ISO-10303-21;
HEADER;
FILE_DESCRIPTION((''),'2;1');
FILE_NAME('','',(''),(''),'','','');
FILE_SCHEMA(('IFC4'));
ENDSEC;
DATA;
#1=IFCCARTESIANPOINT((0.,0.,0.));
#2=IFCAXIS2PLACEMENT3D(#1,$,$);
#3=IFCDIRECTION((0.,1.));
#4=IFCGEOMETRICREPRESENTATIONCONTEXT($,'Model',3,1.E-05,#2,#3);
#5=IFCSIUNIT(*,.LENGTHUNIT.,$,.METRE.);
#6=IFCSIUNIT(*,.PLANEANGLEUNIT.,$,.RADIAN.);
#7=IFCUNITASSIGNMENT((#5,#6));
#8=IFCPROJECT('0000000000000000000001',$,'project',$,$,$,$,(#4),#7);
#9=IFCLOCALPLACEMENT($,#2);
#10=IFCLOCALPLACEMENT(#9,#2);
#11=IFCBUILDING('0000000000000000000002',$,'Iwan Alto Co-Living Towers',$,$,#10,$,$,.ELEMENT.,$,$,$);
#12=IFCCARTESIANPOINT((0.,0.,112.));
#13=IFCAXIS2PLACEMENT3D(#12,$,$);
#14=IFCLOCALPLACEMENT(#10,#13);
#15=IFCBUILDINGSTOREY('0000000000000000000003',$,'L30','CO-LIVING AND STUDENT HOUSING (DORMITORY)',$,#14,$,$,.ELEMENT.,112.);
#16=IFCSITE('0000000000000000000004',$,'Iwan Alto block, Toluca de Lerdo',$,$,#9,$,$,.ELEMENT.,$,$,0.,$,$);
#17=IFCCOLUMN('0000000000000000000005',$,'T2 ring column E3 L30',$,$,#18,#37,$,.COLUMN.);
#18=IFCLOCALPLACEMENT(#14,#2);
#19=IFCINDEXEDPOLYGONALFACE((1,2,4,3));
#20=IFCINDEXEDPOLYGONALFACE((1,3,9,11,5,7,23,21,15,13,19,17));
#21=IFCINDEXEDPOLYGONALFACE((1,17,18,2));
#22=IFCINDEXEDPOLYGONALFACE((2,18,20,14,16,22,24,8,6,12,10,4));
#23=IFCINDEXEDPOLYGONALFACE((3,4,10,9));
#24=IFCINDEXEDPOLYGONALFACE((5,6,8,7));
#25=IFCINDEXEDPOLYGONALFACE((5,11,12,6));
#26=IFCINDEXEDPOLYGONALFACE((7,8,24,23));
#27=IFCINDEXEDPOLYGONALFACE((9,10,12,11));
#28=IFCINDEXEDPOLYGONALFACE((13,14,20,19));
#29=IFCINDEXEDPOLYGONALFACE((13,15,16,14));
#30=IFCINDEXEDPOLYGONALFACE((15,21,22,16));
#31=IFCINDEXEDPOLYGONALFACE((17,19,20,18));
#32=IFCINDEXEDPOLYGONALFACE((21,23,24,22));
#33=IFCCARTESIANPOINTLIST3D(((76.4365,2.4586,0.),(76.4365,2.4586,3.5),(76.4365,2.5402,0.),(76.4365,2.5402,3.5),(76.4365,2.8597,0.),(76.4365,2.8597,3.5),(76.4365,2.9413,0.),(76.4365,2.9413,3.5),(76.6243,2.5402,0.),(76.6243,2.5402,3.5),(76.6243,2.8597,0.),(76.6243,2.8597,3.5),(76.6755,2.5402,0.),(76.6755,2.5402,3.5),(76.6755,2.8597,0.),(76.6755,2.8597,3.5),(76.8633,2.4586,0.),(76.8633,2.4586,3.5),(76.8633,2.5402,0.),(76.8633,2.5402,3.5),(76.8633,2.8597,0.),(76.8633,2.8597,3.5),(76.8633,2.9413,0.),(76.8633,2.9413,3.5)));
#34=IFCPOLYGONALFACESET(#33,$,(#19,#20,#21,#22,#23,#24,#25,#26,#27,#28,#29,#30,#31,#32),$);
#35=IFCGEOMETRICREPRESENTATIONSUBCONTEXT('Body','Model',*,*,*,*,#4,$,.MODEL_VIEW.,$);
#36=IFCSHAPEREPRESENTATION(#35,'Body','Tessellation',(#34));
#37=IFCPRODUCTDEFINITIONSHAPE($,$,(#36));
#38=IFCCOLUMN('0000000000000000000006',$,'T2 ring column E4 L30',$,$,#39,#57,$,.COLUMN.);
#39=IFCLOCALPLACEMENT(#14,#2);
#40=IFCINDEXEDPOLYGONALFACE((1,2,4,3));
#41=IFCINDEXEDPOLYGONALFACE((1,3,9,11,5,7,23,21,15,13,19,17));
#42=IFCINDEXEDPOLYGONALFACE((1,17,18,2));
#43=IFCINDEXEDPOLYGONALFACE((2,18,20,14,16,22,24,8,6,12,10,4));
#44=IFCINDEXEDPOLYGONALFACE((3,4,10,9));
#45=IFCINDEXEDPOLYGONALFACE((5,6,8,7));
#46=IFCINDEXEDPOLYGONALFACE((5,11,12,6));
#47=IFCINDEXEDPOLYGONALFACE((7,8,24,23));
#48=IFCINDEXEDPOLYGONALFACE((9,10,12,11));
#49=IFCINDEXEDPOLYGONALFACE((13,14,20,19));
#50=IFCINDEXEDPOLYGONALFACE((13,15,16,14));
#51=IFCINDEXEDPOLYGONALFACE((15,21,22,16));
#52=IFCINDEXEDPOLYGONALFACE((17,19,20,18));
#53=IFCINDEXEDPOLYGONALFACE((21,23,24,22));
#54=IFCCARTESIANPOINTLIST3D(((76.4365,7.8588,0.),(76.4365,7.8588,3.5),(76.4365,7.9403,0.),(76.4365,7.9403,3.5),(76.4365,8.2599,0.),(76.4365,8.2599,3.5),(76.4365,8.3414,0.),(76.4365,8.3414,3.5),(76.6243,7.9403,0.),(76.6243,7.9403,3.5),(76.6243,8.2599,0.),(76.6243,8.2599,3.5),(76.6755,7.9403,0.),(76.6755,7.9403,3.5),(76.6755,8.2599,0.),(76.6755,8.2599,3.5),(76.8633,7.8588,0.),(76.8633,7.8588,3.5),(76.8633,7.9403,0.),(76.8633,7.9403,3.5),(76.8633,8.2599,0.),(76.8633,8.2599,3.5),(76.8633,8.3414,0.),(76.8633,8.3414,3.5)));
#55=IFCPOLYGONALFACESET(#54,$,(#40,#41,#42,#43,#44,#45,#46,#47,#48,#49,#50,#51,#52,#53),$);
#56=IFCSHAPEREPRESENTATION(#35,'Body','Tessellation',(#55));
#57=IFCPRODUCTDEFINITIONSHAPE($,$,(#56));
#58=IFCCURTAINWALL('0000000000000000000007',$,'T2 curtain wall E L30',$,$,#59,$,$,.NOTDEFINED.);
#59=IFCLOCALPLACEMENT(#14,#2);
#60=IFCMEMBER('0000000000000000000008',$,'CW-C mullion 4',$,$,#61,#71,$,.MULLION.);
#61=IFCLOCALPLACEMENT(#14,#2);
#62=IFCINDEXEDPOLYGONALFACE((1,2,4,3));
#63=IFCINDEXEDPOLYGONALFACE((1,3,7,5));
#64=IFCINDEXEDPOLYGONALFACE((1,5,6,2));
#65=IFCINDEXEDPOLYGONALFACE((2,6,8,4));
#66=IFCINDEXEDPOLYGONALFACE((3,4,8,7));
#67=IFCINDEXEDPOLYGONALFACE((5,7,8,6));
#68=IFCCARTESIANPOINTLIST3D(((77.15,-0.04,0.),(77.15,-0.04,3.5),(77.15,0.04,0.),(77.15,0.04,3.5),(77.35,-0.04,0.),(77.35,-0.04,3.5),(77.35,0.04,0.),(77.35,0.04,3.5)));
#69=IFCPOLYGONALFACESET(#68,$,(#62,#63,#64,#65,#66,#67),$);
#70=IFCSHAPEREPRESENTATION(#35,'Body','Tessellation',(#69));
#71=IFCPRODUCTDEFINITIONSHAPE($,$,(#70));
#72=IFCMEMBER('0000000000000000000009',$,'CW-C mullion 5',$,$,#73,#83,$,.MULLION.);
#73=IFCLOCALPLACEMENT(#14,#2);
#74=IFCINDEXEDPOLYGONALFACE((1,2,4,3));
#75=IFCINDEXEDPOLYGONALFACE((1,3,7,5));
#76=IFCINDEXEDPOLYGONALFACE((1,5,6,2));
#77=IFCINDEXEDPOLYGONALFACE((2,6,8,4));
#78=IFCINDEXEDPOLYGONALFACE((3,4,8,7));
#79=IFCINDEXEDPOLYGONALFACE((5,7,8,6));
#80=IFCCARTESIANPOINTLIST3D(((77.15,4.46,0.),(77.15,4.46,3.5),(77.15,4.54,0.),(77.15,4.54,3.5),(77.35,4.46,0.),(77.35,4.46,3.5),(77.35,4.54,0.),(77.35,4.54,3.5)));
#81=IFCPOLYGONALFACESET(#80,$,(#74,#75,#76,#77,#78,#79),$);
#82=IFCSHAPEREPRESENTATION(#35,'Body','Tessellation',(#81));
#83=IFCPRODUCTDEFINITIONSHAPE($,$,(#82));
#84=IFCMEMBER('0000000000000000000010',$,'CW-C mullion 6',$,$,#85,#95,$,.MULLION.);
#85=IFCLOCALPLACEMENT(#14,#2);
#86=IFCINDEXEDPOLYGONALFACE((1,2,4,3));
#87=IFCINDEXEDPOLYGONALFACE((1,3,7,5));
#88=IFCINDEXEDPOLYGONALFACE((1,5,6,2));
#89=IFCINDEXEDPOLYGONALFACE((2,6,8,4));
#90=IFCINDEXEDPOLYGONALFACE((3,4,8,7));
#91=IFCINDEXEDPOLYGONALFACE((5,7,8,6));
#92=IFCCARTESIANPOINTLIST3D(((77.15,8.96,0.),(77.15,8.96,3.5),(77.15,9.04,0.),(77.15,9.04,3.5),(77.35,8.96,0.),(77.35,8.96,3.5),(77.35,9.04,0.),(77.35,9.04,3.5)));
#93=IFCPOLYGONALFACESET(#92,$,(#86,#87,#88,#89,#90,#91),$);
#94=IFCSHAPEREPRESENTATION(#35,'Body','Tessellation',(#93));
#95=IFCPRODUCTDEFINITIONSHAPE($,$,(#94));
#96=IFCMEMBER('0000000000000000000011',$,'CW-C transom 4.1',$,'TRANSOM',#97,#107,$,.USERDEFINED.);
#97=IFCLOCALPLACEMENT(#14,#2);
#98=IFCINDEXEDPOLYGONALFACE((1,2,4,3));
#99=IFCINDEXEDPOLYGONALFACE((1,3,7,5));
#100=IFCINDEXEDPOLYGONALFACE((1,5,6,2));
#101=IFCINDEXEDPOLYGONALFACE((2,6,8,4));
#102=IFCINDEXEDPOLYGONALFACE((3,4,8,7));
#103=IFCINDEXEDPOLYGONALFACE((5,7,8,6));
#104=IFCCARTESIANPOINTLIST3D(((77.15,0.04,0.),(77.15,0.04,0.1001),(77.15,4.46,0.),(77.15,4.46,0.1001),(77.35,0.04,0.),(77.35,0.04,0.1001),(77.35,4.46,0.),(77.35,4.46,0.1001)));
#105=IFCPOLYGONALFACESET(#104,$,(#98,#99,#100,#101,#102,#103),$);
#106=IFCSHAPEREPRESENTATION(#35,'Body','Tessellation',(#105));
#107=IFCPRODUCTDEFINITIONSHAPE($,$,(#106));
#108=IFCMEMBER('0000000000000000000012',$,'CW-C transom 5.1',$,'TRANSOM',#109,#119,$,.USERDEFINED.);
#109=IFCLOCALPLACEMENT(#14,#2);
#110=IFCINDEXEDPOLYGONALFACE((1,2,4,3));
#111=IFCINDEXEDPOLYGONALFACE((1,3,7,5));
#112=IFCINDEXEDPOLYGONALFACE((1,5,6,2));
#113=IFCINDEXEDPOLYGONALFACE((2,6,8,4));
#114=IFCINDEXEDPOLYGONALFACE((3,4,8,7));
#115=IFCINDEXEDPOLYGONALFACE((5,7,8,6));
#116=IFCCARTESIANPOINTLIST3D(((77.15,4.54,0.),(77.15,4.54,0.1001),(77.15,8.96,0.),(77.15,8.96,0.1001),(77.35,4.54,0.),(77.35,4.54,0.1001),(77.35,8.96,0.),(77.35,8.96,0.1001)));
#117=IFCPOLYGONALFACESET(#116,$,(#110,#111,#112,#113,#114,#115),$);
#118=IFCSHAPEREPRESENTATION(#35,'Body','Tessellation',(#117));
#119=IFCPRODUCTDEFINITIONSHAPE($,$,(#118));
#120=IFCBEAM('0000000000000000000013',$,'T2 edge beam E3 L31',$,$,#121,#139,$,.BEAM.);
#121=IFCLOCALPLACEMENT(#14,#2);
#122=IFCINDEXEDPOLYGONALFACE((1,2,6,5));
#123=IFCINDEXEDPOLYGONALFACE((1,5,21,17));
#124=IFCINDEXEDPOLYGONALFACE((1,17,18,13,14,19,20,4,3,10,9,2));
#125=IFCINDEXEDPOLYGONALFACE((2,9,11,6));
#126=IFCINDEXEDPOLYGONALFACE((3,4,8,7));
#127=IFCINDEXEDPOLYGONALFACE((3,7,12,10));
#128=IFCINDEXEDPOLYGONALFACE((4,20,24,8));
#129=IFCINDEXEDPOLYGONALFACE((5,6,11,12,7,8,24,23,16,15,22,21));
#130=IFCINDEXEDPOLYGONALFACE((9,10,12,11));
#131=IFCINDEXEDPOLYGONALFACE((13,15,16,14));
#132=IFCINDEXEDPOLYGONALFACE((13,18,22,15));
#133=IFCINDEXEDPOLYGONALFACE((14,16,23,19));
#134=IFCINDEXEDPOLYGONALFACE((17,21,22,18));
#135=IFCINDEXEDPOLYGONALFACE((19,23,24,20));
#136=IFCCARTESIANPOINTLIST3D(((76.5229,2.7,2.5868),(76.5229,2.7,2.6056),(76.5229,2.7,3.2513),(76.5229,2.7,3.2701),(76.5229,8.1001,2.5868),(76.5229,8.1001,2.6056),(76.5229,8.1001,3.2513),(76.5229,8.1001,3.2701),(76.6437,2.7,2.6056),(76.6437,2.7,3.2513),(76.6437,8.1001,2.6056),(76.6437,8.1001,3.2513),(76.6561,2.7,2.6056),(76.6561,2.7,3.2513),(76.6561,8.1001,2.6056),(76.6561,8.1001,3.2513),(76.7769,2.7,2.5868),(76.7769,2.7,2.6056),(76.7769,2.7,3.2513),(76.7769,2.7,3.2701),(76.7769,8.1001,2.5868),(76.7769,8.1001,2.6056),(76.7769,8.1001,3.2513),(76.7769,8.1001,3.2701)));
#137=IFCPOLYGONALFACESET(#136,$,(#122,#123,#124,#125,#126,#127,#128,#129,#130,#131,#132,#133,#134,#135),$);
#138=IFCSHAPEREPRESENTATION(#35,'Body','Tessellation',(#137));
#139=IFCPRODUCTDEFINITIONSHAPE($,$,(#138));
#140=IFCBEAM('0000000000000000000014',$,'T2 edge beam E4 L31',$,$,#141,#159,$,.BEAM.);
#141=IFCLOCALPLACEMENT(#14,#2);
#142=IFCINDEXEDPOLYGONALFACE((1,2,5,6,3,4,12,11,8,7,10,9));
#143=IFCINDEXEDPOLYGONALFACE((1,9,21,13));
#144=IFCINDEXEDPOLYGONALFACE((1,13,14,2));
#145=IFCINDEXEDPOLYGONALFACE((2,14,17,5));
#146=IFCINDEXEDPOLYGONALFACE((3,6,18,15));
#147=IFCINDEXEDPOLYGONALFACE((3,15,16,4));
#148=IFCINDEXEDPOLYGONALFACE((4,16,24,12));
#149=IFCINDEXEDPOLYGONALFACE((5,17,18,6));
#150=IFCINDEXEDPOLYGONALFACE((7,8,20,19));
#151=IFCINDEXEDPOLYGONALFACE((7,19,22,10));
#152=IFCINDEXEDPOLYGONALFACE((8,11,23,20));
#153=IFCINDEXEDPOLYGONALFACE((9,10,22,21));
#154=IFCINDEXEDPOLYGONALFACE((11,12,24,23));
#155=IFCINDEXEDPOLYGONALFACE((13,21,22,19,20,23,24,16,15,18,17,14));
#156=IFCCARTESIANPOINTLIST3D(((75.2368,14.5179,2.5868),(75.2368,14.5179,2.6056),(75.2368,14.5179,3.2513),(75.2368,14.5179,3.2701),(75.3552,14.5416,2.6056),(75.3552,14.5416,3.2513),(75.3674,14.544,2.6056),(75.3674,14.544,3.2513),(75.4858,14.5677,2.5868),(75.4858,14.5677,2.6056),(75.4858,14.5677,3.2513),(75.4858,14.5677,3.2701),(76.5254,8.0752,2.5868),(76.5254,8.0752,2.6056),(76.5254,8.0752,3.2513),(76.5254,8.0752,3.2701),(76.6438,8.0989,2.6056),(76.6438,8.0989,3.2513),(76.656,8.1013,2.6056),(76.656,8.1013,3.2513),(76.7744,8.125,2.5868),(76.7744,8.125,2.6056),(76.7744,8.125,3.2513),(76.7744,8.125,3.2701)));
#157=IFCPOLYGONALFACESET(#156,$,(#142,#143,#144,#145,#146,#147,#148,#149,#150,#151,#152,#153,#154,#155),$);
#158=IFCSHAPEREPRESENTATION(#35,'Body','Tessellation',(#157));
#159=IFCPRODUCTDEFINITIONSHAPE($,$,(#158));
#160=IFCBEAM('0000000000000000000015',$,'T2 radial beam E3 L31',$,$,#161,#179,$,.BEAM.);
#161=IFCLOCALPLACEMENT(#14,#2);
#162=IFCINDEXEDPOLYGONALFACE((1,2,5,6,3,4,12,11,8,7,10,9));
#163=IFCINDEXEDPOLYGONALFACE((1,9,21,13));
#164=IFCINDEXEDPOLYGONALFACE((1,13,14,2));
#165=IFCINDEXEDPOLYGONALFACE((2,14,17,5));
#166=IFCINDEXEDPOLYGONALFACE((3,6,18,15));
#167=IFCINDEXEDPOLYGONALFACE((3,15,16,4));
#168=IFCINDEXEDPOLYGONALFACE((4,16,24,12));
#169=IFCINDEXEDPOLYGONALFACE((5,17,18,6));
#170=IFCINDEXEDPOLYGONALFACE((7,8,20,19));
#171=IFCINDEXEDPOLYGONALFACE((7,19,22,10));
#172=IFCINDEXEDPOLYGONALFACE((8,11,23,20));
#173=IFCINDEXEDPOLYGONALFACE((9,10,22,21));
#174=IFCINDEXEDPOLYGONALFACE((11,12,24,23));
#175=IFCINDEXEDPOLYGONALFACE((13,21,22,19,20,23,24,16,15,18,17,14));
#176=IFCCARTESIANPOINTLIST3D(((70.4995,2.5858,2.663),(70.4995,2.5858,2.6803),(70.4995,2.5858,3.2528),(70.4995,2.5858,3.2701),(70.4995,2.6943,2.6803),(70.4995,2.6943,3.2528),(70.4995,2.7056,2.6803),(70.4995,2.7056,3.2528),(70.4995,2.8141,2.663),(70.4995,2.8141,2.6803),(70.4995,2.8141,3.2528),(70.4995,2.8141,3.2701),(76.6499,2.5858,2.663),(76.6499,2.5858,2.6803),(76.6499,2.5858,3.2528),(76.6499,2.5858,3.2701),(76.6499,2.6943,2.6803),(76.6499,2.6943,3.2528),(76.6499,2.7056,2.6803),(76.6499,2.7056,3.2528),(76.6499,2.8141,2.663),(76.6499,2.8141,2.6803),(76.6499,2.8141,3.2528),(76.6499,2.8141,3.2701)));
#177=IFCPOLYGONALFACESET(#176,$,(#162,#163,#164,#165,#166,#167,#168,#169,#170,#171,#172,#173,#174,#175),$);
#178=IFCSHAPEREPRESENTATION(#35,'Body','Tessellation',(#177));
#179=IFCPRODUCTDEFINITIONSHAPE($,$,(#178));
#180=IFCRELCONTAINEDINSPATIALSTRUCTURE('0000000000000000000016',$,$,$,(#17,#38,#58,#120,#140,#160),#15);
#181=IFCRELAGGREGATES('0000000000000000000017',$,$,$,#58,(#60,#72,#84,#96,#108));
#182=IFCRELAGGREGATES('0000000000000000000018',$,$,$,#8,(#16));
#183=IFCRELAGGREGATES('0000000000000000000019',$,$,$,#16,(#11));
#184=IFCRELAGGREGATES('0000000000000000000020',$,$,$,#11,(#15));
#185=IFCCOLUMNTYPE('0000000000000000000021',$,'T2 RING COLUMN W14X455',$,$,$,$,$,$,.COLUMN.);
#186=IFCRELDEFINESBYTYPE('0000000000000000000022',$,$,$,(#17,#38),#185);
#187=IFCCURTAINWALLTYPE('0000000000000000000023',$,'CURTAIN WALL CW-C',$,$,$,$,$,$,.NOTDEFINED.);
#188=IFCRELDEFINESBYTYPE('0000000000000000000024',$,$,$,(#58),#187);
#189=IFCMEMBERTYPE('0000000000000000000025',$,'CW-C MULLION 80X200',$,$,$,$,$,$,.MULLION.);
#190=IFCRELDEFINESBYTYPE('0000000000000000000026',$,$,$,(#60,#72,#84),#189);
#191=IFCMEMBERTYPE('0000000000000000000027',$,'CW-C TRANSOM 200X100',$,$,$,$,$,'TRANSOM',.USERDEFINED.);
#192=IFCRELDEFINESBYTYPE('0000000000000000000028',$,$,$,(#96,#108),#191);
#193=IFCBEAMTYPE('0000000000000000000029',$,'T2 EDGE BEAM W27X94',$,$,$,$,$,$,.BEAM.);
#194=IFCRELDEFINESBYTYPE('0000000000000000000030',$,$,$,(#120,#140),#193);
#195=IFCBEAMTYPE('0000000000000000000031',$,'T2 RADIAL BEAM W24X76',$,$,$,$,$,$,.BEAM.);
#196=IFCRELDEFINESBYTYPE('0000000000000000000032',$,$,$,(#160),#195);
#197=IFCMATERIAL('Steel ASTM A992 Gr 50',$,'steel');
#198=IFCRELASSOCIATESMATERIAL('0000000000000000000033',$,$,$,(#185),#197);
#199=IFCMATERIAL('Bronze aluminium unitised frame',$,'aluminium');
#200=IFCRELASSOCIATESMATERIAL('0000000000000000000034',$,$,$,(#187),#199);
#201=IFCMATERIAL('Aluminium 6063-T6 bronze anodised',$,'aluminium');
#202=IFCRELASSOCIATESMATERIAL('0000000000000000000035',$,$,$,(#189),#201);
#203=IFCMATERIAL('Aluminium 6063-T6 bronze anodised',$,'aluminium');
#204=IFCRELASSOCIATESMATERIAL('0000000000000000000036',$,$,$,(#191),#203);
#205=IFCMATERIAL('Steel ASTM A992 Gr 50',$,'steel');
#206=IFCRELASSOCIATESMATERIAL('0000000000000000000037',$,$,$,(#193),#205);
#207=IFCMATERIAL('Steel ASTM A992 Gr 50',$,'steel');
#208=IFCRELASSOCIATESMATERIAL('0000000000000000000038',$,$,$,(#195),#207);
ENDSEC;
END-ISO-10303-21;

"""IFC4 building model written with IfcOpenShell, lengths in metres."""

from ifc_helpers import new_model, si_unit, direction, frame, origin, origin_2d, place, context, subcontext, project, spatial, rectangle, i_section, extrude, material, material_profile, profile_set, type_object, element, aggregate, save


model = new_model("IFC4")

# Units and contexts
model_context = context("Model", 3, precision=1e-05, world=origin(), true_north=direction((0.0, 1.0)))
body_context = subcontext(model_context, "Body", "Model", "MODEL_VIEW")
ifc_project = project(units=[si_unit("LENGTHUNIT", "METRE"), si_unit("PLANEANGLEUNIT", "RADIAN")], contexts=[model_context])

# Site, building, storey
site_placement = place(None, origin())
site = spatial("IfcSite", under=ifc_project, at=site_placement, Name="Iwan Alto block, Toluca de Lerdo", CompositionType="ELEMENT", RefElevation=0.0)
building_placement = place(site_placement, origin())
building = spatial("IfcBuilding", under=site, at=building_placement, Name="Iwan Alto Co-Living Towers", CompositionType="ELEMENT")
storey_placement = place(building_placement, frame((0.0, 0.0, 112.0)))
storey = spatial("IfcBuildingStorey", under=building, at=storey_placement, Name="L30", Description="CO-LIVING AND STUDENT HOUSING (DORMITORY)", CompositionType="ELEMENT", Elevation=112.0)

# Columns
ifc_material_1 = material(Name="Steel ASTM A992 Gr 50", Category="steel")
ifc_material_profile_1 = material_profile(ifc_material_1, i_section(OverallWidth=0.4268, OverallDepth=0.4827, WebThickness=0.0513, FlangeThickness=0.0815, at=origin_2d()), Name="W14X455")
ifc_profile_set_1 = profile_set([ifc_material_profile_1], Name="Steel ASTM A992 Gr 50")
column_type = type_object("IfcColumnType", Name="T2 RING COLUMN W14X455", PredefinedType="COLUMN", material=ifc_profile_set_1)
for number, where, z_axis, x_axis, name in (
    (1, (76.6499, 2.7, 0.0), (0.0, 0.0, 1.0), (1.0, 0.0, 0.0), "T2 ring column E3 L30"),
    (2, (76.6499, 8.1001, 0.0), (0.0, 0.0, 1.0), (1.0, 0.0, 0.0), "T2 ring column E4 L30"),
):
    element("IfcColumn", number, at=place(storey_placement, frame(where, z_axis=z_axis, x_axis=x_axis)), inside=storey, type_object=column_type, Name=name, PredefinedType="COLUMN", context=body_context, shape_type="SweptSolid", body=[
        extrude(i_section(OverallWidth=0.4268, OverallDepth=0.4827, WebThickness=0.0513, FlangeThickness=0.0815, at=origin_2d()), origin(), (0.0, 0.0, 1.0), 3.5),
    ])

# Curtain wall, members
ifc_material_2 = material(Name="Bronze aluminium unitised frame", Category="aluminium")
curtain_wall_type = type_object("IfcCurtainWallType", Name="CURTAIN WALL CW-C", PredefinedType="NOTDEFINED", material=ifc_material_2)
curtain_wall_placement = place(storey_placement, origin())
curtain_wall = element("IfcCurtainWall", 3, at=curtain_wall_placement, inside=storey, type_object=curtain_wall_type, Name="T2 curtain wall E L30", PredefinedType="NOTDEFINED")
ifc_material_3 = material(Name="Aluminium 6063-T6 bronze anodised", Category="aluminium")
ifc_material_profile_2 = material_profile(ifc_material_3, rectangle(XDim=0.2, YDim=0.0801, at=origin_2d()), Name="AL 80X200")
ifc_profile_set_2 = profile_set([ifc_material_profile_2], Name="Aluminium 6063-T6 bronze anodised")
member_type_1 = type_object("IfcMemberType", Name="CW-C MULLION 80X200", PredefinedType="MULLION", material=ifc_profile_set_2)
member_1_placement = place(storey_placement, frame((77.25, 0.0, 0.0), z_axis=(0.0, 0.0, 1.0), x_axis=(-1.0, 0.0, 0.0)))
member_1 = element("IfcMember", 4, at=member_1_placement, type_object=member_type_1, Name="CW-C mullion 4", PredefinedType="MULLION", context=body_context, shape_type="SweptSolid", body=[
    extrude(rectangle(XDim=0.2, YDim=0.0801, at=origin_2d()), origin(), (0.0, 0.0, 1.0), 3.5),
])
member_2_placement = place(storey_placement, frame((77.25, 4.5, 0.0), z_axis=(0.0, 0.0, 1.0), x_axis=(-1.0, 0.0, 0.0)))
member_2 = element("IfcMember", 5, at=member_2_placement, type_object=member_type_1, Name="CW-C mullion 5", PredefinedType="MULLION", context=body_context, shape_type="SweptSolid", body=[
    extrude(rectangle(XDim=0.2, YDim=0.0801, at=origin_2d()), origin(), (0.0, 0.0, 1.0), 3.5),
])
member_3_placement = place(storey_placement, frame((77.25, 9.0, 0.0), z_axis=(0.0, 0.0, 1.0), x_axis=(-1.0, 0.0, 0.0)))
member_3 = element("IfcMember", 6, at=member_3_placement, type_object=member_type_1, Name="CW-C mullion 6", PredefinedType="MULLION", context=body_context, shape_type="SweptSolid", body=[
    extrude(rectangle(XDim=0.2, YDim=0.0801, at=origin_2d()), origin(), (0.0, 0.0, 1.0), 3.5),
])
ifc_material_4 = material(Name="Aluminium 6063-T6 bronze anodised", Category="aluminium")
ifc_material_profile_3 = material_profile(ifc_material_4, rectangle(XDim=0.2, YDim=0.1001, at=origin_2d()), Name="AL 200X100")
ifc_profile_set_3 = profile_set([ifc_material_profile_3], Name="Aluminium 6063-T6 bronze anodised")
member_type_2 = type_object("IfcMemberType", Name="CW-C TRANSOM 200X100", ElementType="TRANSOM", PredefinedType="USERDEFINED", material=ifc_profile_set_3)
member_4_placement = place(storey_placement, frame((77.25, 0.04, 0.05), z_axis=(0.0, 1.0, 0.0), x_axis=(-1.0, 0.0, 0.0)))
member_4 = element("IfcMember", 7, at=member_4_placement, type_object=member_type_2, Name="CW-C transom 4.1", ObjectType="TRANSOM", PredefinedType="USERDEFINED", context=body_context, shape_type="SweptSolid", body=[
    extrude(rectangle(XDim=0.2, YDim=0.1001, at=origin_2d()), origin(), (0.0, 0.0, 1.0), 4.4199),
])
member_5_placement = place(storey_placement, frame((77.25, 4.54, 0.05), z_axis=(0.0, 1.0, 0.0), x_axis=(-1.0, 0.0, 0.0)))
member_5 = element("IfcMember", 8, at=member_5_placement, type_object=member_type_2, Name="CW-C transom 5.1", ObjectType="TRANSOM", PredefinedType="USERDEFINED", context=body_context, shape_type="SweptSolid", body=[
    extrude(rectangle(XDim=0.2, YDim=0.1001, at=origin_2d()), origin(), (0.0, 0.0, 1.0), 4.4199),
])

# Beams
ifc_material_5 = material(Name="Steel ASTM A992 Gr 50", Category="steel")
ifc_material_profile_4 = material_profile(ifc_material_5, i_section(OverallWidth=0.2539, OverallDepth=0.6833, WebThickness=0.0125, FlangeThickness=0.0188, at=origin_2d()), Name="W27X94")
ifc_profile_set_4 = profile_set([ifc_material_profile_4], Name="Steel ASTM A992 Gr 50")
beam_type_1 = type_object("IfcBeamType", Name="T2 EDGE BEAM W27X94", PredefinedType="BEAM", material=ifc_profile_set_4)
beam_1_placement = place(storey_placement, frame((76.6499, 2.7, 2.9285), z_axis=(0.0, 1.0, 0.0), x_axis=(-1.0, 0.0, 0.0)))
element("IfcBeam", 9, at=beam_1_placement, inside=storey, type_object=beam_type_1, Name="T2 edge beam E3 L31", PredefinedType="BEAM", context=body_context, shape_type="SweptSolid", body=[
    extrude(i_section(OverallWidth=0.2539, OverallDepth=0.6833, WebThickness=0.0125, FlangeThickness=0.0188, at=origin_2d()), origin(), (0.0, 0.0, 1.0), 5.4001),
])
beam_2_placement = place(storey_placement, frame((76.6499, 8.1001, 2.9285), z_axis=(-0.196123, 0.980579, 0.0), x_axis=(-0.980579, -0.196123, 0.0)))
element("IfcBeam", 10, at=beam_2_placement, inside=storey, type_object=beam_type_1, Name="T2 edge beam E4 L31", PredefinedType="BEAM", context=body_context, shape_type="SweptSolid", body=[
    extrude(i_section(OverallWidth=0.2539, OverallDepth=0.6833, WebThickness=0.0125, FlangeThickness=0.0188, at=origin_2d()), origin(), (0.0, 0.0, 1.0), 6.5703),
])
ifc_material_6 = material(Name="Steel ASTM A992 Gr 50", Category="steel")
ifc_material_profile_5 = material_profile(ifc_material_6, i_section(OverallWidth=0.2283, OverallDepth=0.6072, WebThickness=0.0112, FlangeThickness=0.0173, at=origin_2d()), Name="W24X76")
ifc_profile_set_5 = profile_set([ifc_material_profile_5], Name="Steel ASTM A992 Gr 50")
beam_type_2 = type_object("IfcBeamType", Name="T2 RADIAL BEAM W24X76", PredefinedType="BEAM", material=ifc_profile_set_5)
for number, where, z_axis, x_axis, name in (
    (11, (76.6499, 2.7, 2.9666), (-1.0, 0.0, 0.0), (0.0, -1.0, 0.0), "T2 radial beam E3 L31"),
):
    element("IfcBeam", number, at=place(storey_placement, frame(where, z_axis=z_axis, x_axis=x_axis)), inside=storey, type_object=beam_type_2, Name=name, PredefinedType="BEAM", context=body_context, shape_type="SweptSolid", body=[
        extrude(i_section(OverallWidth=0.2283, OverallDepth=0.6072, WebThickness=0.0112, FlangeThickness=0.0173, at=origin_2d()), origin(), (0.0, 0.0, 1.0), 6.1504),
    ])

aggregate(curtain_wall, [member_1, member_2, member_3, member_4, member_5])

save(model, "model.ifc")
